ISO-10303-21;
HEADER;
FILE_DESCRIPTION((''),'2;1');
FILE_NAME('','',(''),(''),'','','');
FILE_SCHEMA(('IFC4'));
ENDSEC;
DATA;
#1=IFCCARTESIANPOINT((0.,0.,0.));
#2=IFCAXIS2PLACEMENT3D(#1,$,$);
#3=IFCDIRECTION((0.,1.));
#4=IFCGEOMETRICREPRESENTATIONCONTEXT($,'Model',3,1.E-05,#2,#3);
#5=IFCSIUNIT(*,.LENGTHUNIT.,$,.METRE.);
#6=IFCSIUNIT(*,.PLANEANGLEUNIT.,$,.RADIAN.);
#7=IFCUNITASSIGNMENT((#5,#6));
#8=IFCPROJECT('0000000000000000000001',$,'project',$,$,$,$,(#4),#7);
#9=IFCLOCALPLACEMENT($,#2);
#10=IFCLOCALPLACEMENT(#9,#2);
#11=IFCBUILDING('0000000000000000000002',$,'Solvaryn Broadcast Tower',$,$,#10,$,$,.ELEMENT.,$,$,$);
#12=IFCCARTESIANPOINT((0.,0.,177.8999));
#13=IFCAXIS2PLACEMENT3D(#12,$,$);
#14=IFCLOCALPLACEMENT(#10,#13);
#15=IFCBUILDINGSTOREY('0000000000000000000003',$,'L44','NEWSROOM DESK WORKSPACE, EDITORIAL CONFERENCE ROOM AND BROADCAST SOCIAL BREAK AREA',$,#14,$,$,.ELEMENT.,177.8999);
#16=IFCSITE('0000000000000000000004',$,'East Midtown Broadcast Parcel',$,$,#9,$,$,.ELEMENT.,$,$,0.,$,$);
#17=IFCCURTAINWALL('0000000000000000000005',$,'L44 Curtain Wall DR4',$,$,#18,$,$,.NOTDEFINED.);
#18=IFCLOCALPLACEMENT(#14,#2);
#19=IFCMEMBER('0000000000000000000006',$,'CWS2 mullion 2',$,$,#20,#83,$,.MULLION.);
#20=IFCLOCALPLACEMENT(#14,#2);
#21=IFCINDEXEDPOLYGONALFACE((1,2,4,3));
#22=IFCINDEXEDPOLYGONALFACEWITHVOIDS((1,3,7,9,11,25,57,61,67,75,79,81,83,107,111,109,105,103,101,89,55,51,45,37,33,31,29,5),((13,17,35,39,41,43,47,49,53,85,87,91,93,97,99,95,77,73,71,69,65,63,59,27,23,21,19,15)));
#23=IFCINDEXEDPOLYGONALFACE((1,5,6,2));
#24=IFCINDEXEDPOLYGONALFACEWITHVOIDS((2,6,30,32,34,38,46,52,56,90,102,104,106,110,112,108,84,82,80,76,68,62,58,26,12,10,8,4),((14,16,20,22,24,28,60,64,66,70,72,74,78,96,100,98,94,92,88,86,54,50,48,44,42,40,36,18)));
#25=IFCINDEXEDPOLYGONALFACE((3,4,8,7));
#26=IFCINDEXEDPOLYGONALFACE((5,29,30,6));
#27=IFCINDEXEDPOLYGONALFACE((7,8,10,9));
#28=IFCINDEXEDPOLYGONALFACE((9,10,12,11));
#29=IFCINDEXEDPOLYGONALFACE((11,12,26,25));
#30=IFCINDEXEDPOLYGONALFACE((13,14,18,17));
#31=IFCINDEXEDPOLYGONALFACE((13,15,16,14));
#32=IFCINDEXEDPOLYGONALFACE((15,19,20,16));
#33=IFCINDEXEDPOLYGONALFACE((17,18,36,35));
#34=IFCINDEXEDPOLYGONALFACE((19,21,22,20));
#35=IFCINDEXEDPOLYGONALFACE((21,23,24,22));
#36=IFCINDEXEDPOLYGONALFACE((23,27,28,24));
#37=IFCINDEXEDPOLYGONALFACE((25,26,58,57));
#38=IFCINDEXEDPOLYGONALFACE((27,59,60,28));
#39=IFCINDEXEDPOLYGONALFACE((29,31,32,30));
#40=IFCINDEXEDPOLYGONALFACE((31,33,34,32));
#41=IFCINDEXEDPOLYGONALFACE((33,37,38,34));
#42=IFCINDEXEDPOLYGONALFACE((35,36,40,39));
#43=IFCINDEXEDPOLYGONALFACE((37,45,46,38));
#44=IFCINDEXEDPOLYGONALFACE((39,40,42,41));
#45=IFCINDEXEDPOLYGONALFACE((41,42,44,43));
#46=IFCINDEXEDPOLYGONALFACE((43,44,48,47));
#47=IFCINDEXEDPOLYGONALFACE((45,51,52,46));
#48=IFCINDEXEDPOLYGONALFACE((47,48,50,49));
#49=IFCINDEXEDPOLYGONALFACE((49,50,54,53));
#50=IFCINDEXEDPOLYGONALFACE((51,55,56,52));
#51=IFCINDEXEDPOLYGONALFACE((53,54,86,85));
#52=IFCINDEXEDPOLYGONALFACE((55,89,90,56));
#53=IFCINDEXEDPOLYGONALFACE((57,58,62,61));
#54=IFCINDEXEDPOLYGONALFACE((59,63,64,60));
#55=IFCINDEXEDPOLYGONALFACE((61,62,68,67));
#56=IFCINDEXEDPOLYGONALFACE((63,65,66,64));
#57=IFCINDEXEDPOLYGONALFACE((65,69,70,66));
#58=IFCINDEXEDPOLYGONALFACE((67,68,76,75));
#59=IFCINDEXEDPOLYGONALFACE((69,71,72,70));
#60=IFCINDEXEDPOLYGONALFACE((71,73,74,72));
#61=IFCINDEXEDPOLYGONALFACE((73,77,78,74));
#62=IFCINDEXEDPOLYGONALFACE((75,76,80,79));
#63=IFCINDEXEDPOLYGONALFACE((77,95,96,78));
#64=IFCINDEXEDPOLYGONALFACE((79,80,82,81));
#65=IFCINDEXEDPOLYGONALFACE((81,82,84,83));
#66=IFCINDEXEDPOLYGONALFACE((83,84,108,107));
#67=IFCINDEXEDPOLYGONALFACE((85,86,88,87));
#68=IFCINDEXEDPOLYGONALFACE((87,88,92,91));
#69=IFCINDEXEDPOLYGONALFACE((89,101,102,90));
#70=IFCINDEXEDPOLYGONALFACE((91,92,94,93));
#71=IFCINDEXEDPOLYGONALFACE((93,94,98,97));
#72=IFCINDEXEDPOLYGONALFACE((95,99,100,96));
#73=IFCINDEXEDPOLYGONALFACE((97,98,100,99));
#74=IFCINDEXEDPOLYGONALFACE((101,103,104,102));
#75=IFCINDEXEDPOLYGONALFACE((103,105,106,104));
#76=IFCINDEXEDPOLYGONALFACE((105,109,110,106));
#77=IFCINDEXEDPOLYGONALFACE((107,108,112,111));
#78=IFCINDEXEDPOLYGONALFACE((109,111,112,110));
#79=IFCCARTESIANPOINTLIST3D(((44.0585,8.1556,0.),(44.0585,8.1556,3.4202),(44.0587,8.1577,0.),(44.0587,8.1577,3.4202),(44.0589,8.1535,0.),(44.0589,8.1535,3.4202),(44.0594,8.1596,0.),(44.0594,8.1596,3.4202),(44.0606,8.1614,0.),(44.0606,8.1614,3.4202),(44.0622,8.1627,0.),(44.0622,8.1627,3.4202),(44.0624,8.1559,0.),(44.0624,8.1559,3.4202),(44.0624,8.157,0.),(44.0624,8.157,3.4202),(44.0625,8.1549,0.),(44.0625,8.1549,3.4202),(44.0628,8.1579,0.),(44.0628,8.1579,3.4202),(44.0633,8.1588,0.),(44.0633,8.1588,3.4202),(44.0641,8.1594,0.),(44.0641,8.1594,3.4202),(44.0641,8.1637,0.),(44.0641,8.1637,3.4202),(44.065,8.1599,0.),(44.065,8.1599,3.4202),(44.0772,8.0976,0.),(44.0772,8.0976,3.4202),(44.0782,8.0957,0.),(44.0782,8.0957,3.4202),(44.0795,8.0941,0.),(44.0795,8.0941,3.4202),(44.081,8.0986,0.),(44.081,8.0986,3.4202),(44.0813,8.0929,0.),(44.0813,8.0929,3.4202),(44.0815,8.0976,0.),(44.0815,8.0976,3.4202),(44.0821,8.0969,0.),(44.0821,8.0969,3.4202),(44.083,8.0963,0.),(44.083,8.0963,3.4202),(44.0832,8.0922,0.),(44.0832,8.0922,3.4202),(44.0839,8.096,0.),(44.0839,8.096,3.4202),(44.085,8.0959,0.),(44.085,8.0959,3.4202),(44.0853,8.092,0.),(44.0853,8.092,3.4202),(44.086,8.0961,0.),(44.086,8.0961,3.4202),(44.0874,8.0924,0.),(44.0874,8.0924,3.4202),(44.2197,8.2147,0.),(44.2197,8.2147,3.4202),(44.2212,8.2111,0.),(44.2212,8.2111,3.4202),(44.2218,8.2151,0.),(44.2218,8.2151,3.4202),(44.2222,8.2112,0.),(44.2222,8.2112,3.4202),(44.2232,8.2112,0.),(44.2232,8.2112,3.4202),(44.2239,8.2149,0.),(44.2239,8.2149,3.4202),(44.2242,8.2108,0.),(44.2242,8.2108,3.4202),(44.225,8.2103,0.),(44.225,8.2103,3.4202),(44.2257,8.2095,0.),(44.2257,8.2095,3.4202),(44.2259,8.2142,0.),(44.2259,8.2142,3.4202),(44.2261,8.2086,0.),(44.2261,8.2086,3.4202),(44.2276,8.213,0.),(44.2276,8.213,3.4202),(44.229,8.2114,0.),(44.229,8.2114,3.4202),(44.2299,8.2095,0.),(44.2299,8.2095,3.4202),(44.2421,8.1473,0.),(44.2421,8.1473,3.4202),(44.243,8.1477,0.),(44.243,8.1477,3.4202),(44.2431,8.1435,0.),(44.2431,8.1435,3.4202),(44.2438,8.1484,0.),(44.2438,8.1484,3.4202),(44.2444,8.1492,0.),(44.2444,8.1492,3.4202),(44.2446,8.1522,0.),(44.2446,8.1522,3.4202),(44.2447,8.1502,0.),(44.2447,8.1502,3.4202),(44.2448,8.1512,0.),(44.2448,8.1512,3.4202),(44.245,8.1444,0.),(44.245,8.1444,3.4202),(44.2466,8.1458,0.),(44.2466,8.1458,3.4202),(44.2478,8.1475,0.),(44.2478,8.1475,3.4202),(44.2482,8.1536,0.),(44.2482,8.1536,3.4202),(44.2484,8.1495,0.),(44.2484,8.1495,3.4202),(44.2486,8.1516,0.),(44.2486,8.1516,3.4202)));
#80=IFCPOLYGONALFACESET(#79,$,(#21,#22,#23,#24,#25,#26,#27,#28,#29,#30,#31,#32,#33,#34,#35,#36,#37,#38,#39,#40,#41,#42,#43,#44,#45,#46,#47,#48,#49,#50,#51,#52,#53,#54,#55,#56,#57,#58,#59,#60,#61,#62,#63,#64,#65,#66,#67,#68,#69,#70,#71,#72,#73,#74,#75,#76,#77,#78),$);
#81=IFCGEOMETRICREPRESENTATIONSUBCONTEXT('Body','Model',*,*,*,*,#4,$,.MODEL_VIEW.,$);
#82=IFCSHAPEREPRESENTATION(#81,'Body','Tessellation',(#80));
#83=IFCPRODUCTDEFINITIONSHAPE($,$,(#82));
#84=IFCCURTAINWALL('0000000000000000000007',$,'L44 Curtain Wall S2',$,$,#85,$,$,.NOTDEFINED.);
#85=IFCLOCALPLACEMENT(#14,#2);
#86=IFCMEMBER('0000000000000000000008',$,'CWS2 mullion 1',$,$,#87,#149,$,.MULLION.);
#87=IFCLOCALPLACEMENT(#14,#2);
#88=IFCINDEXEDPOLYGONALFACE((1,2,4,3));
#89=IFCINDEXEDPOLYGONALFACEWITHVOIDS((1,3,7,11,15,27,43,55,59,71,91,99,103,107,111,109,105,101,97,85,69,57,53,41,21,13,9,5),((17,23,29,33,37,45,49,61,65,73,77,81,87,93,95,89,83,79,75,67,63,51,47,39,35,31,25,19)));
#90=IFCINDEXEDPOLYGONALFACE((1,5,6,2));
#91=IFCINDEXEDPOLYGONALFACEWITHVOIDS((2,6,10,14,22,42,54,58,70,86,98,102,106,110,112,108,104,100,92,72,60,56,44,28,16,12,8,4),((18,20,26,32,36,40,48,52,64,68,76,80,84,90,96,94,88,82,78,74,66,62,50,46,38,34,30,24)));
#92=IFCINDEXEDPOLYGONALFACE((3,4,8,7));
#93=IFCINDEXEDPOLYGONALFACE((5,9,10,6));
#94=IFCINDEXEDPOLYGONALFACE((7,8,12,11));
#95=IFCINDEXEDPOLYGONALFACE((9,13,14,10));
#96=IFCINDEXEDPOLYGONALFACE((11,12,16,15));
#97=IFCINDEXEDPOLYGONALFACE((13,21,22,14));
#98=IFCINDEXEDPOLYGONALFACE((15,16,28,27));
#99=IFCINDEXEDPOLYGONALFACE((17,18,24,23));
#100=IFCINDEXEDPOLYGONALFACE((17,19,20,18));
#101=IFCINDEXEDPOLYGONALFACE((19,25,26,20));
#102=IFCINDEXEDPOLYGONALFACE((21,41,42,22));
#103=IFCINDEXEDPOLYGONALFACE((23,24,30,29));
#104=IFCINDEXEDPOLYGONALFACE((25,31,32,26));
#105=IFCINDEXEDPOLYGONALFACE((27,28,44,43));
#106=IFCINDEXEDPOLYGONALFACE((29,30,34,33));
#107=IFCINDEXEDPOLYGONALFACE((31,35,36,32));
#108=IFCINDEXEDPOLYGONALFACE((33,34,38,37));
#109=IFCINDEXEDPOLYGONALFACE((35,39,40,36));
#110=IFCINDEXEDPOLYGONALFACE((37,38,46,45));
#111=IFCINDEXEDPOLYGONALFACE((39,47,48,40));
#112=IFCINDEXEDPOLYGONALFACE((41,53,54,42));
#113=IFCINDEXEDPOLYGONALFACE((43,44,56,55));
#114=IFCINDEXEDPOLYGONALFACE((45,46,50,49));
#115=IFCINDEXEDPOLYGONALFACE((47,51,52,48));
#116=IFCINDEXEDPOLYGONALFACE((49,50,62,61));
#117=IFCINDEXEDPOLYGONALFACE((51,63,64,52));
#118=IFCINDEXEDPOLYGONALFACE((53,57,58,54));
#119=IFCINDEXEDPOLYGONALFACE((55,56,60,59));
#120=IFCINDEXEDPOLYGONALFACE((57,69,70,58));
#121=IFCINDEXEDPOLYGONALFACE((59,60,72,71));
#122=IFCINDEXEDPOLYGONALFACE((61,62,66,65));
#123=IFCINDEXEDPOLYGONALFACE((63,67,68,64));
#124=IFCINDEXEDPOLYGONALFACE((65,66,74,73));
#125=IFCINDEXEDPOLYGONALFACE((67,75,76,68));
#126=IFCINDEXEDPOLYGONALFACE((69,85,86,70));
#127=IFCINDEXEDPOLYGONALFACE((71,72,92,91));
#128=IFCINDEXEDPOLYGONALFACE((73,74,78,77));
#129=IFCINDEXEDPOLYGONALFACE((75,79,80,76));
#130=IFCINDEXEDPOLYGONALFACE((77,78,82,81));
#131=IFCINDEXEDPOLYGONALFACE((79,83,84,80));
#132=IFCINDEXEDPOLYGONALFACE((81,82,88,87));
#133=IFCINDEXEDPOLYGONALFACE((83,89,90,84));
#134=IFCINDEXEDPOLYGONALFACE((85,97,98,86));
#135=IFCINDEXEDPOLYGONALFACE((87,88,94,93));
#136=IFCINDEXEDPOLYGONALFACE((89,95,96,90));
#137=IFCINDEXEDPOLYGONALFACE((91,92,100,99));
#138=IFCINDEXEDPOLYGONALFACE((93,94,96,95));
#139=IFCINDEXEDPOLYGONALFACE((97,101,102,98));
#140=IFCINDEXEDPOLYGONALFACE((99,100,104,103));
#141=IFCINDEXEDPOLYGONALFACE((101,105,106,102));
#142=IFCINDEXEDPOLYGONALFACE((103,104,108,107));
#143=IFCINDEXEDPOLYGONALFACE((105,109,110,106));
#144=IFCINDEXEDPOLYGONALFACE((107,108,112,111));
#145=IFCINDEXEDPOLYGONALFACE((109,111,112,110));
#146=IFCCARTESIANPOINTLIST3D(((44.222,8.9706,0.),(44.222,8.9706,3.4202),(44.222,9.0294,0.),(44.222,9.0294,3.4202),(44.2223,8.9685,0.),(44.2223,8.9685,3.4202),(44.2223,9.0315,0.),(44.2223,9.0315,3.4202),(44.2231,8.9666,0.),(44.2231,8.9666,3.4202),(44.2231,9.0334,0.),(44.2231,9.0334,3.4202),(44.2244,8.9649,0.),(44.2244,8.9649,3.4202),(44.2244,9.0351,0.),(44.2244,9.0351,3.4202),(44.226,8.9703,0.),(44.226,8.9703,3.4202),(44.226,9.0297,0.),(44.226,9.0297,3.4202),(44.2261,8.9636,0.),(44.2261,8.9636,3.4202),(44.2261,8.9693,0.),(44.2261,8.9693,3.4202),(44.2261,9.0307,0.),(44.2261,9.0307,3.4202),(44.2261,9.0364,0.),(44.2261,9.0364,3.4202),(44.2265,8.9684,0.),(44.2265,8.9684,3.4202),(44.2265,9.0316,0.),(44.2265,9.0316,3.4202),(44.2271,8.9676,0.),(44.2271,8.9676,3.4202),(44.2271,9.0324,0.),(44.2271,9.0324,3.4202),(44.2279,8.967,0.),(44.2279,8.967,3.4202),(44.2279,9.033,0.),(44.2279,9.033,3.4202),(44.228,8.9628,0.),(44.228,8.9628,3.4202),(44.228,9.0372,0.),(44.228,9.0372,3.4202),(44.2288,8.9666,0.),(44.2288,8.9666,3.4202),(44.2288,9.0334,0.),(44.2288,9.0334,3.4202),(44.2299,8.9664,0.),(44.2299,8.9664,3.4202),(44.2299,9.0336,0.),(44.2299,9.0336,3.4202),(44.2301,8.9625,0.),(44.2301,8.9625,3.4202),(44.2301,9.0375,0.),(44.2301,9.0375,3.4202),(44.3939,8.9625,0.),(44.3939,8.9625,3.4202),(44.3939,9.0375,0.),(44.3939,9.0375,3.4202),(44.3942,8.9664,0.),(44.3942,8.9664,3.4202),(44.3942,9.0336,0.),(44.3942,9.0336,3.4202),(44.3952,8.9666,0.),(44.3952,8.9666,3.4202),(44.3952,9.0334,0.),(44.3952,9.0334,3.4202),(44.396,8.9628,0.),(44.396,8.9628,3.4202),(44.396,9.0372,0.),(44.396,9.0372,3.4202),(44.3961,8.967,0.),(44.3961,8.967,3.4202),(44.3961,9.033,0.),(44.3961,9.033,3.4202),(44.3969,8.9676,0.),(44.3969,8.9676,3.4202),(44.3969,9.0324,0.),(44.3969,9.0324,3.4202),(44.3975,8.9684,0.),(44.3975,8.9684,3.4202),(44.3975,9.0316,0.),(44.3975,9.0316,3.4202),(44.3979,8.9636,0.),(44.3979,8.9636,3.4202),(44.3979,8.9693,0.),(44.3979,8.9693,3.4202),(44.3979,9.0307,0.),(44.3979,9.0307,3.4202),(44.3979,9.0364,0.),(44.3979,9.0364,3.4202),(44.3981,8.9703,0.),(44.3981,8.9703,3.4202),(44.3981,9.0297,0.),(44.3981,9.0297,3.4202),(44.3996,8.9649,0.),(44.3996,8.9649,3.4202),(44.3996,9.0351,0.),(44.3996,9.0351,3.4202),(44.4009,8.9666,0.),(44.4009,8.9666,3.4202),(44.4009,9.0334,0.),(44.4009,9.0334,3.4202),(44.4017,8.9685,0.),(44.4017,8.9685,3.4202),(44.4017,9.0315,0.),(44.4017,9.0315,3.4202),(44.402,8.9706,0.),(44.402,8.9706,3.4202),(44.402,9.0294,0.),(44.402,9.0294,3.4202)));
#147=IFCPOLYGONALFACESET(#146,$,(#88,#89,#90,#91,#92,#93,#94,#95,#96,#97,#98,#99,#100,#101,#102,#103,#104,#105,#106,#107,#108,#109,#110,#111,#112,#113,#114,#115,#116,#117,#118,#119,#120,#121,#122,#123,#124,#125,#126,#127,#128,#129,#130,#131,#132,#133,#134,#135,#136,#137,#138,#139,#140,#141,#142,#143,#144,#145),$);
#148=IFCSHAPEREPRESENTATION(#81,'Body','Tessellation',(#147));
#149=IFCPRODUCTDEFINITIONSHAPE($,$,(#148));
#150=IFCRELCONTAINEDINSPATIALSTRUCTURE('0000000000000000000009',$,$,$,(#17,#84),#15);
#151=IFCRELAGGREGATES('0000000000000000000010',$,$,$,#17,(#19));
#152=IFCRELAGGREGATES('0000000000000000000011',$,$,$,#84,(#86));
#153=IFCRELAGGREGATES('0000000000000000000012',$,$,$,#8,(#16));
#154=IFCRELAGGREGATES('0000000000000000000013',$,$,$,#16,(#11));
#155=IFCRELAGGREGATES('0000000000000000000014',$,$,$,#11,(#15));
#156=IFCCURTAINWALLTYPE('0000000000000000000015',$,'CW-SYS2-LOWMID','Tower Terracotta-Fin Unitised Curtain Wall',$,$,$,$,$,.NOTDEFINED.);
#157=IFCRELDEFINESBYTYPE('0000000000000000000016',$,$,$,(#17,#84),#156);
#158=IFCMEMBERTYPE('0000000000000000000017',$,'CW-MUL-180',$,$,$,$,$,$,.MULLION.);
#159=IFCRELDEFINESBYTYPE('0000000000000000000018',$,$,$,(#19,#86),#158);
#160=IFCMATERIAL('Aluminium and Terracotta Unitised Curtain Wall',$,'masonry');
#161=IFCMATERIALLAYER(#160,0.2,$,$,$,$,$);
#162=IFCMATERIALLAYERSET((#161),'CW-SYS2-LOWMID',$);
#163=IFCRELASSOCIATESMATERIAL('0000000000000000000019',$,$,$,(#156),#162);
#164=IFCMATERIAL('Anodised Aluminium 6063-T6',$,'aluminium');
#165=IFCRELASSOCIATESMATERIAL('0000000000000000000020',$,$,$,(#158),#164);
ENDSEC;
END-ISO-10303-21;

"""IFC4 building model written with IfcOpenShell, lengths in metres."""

from ifc_helpers import new_model, si_unit, direction, frame, origin, origin_2d, place, context, subcontext, project, spatial, hollow_rectangle, extrude, material, layer, layer_set, material_profile, profile_set, type_object, element, aggregate, save


model = new_model("IFC4")

# Units and contexts
model_context = context("Model", 3, precision=1e-05, world=origin(), true_north=direction((0.0, 1.0)))
body_context = subcontext(model_context, "Body", "Model", "MODEL_VIEW")
ifc_project = project(units=[si_unit("LENGTHUNIT", "METRE"), si_unit("PLANEANGLEUNIT", "RADIAN")], contexts=[model_context])

# Site, building, storey
site_placement = place(None, origin())
site = spatial("IfcSite", under=ifc_project, at=site_placement, Name="East Midtown Broadcast Parcel", CompositionType="ELEMENT", RefElevation=0.0)
building_placement = place(site_placement, origin())
building = spatial("IfcBuilding", under=site, at=building_placement, Name="Solvaryn Broadcast Tower", CompositionType="ELEMENT")
storey_placement = place(building_placement, frame((0.0, 0.0, 177.8999)))
storey = spatial("IfcBuildingStorey", under=building, at=storey_placement, Name="L44", Description="NEWSROOM DESK WORKSPACE, EDITORIAL CONFERENCE ROOM AND BROADCAST SOCIAL BREAK AREA", CompositionType="ELEMENT", Elevation=177.8999)

# Curtain wall, member
ifc_material_1 = material(Name="Aluminium and Terracotta Unitised Curtain Wall", Category="masonry")
ifc_layer_1 = layer(ifc_material_1, 0.2)
ifc_layer_set_1 = layer_set([ifc_layer_1], Name="CW-SYS2-LOWMID")
curtain_wall_type = type_object("IfcCurtainWallType", Name="CW-SYS2-LOWMID", Description="Tower Terracotta-Fin Unitised Curtain Wall", PredefinedType="NOTDEFINED", material=ifc_layer_set_1)
curtain_wall_1_placement = place(storey_placement, origin())
curtain_wall_1 = element("IfcCurtainWall", 1, at=curtain_wall_1_placement, inside=storey, type_object=curtain_wall_type, Name="L44 Curtain Wall DR4", PredefinedType="NOTDEFINED")
ifc_material_2 = material(Name="Anodised Aluminium 6063-T6", Category="aluminium")
ifc_material_profile_1 = material_profile(ifc_material_2, hollow_rectangle(XDim=0.075, YDim=0.1799, WallThickness=0.0039, InnerFilletRadius=0.0039, OuterFilletRadius=0.0081, at=origin_2d()))
ifc_profile_set_1 = profile_set([ifc_material_profile_1], Name="Anodised Aluminium 6063-T6")
member_type_1 = type_object("IfcMemberType", Name="CW-MUL-180", PredefinedType="MULLION", material=ifc_profile_set_1)
member_1_placement = place(storey_placement, frame((44.1536, 8.1536, 0.0), z_axis=(0.0, 0.0, 1.0), x_axis=(-0.311559, 0.950227, 0.0)))
member_1 = element("IfcMember", 2, at=member_1_placement, type_object=member_type_1, Name="CWS2 mullion 2", PredefinedType="MULLION", context=body_context, shape_type="SweptSolid", body=[
    extrude(hollow_rectangle(XDim=0.075, YDim=0.1799, WallThickness=0.0039, InnerFilletRadius=0.0039, OuterFilletRadius=0.0081, at=origin_2d()), origin(), (0.0, 0.0, 1.0), 3.4202),
])
aggregate(curtain_wall_1, [member_1])

# Curtain wall, member
curtain_wall_2_placement = place(storey_placement, origin())
curtain_wall_2 = element("IfcCurtainWall", 3, at=curtain_wall_2_placement, inside=storey, type_object=curtain_wall_type, Name="L44 Curtain Wall S2", PredefinedType="NOTDEFINED")
member_2_placement = place(storey_placement, frame((44.312, 9.0, 0.0), z_axis=(0.0, 0.0, 1.0), x_axis=(0.0, 1.0, 0.0)))
member_2 = element("IfcMember", 4, at=member_2_placement, type_object=member_type_1, Name="CWS2 mullion 1", PredefinedType="MULLION", context=body_context, shape_type="SweptSolid", body=[
    extrude(hollow_rectangle(XDim=0.075, YDim=0.1799, WallThickness=0.0039, InnerFilletRadius=0.0039, OuterFilletRadius=0.0081, at=origin_2d()), origin(), (0.0, 0.0, 1.0), 3.4202),
])
aggregate(curtain_wall_2, [member_2])

save(model, "model.ifc")
